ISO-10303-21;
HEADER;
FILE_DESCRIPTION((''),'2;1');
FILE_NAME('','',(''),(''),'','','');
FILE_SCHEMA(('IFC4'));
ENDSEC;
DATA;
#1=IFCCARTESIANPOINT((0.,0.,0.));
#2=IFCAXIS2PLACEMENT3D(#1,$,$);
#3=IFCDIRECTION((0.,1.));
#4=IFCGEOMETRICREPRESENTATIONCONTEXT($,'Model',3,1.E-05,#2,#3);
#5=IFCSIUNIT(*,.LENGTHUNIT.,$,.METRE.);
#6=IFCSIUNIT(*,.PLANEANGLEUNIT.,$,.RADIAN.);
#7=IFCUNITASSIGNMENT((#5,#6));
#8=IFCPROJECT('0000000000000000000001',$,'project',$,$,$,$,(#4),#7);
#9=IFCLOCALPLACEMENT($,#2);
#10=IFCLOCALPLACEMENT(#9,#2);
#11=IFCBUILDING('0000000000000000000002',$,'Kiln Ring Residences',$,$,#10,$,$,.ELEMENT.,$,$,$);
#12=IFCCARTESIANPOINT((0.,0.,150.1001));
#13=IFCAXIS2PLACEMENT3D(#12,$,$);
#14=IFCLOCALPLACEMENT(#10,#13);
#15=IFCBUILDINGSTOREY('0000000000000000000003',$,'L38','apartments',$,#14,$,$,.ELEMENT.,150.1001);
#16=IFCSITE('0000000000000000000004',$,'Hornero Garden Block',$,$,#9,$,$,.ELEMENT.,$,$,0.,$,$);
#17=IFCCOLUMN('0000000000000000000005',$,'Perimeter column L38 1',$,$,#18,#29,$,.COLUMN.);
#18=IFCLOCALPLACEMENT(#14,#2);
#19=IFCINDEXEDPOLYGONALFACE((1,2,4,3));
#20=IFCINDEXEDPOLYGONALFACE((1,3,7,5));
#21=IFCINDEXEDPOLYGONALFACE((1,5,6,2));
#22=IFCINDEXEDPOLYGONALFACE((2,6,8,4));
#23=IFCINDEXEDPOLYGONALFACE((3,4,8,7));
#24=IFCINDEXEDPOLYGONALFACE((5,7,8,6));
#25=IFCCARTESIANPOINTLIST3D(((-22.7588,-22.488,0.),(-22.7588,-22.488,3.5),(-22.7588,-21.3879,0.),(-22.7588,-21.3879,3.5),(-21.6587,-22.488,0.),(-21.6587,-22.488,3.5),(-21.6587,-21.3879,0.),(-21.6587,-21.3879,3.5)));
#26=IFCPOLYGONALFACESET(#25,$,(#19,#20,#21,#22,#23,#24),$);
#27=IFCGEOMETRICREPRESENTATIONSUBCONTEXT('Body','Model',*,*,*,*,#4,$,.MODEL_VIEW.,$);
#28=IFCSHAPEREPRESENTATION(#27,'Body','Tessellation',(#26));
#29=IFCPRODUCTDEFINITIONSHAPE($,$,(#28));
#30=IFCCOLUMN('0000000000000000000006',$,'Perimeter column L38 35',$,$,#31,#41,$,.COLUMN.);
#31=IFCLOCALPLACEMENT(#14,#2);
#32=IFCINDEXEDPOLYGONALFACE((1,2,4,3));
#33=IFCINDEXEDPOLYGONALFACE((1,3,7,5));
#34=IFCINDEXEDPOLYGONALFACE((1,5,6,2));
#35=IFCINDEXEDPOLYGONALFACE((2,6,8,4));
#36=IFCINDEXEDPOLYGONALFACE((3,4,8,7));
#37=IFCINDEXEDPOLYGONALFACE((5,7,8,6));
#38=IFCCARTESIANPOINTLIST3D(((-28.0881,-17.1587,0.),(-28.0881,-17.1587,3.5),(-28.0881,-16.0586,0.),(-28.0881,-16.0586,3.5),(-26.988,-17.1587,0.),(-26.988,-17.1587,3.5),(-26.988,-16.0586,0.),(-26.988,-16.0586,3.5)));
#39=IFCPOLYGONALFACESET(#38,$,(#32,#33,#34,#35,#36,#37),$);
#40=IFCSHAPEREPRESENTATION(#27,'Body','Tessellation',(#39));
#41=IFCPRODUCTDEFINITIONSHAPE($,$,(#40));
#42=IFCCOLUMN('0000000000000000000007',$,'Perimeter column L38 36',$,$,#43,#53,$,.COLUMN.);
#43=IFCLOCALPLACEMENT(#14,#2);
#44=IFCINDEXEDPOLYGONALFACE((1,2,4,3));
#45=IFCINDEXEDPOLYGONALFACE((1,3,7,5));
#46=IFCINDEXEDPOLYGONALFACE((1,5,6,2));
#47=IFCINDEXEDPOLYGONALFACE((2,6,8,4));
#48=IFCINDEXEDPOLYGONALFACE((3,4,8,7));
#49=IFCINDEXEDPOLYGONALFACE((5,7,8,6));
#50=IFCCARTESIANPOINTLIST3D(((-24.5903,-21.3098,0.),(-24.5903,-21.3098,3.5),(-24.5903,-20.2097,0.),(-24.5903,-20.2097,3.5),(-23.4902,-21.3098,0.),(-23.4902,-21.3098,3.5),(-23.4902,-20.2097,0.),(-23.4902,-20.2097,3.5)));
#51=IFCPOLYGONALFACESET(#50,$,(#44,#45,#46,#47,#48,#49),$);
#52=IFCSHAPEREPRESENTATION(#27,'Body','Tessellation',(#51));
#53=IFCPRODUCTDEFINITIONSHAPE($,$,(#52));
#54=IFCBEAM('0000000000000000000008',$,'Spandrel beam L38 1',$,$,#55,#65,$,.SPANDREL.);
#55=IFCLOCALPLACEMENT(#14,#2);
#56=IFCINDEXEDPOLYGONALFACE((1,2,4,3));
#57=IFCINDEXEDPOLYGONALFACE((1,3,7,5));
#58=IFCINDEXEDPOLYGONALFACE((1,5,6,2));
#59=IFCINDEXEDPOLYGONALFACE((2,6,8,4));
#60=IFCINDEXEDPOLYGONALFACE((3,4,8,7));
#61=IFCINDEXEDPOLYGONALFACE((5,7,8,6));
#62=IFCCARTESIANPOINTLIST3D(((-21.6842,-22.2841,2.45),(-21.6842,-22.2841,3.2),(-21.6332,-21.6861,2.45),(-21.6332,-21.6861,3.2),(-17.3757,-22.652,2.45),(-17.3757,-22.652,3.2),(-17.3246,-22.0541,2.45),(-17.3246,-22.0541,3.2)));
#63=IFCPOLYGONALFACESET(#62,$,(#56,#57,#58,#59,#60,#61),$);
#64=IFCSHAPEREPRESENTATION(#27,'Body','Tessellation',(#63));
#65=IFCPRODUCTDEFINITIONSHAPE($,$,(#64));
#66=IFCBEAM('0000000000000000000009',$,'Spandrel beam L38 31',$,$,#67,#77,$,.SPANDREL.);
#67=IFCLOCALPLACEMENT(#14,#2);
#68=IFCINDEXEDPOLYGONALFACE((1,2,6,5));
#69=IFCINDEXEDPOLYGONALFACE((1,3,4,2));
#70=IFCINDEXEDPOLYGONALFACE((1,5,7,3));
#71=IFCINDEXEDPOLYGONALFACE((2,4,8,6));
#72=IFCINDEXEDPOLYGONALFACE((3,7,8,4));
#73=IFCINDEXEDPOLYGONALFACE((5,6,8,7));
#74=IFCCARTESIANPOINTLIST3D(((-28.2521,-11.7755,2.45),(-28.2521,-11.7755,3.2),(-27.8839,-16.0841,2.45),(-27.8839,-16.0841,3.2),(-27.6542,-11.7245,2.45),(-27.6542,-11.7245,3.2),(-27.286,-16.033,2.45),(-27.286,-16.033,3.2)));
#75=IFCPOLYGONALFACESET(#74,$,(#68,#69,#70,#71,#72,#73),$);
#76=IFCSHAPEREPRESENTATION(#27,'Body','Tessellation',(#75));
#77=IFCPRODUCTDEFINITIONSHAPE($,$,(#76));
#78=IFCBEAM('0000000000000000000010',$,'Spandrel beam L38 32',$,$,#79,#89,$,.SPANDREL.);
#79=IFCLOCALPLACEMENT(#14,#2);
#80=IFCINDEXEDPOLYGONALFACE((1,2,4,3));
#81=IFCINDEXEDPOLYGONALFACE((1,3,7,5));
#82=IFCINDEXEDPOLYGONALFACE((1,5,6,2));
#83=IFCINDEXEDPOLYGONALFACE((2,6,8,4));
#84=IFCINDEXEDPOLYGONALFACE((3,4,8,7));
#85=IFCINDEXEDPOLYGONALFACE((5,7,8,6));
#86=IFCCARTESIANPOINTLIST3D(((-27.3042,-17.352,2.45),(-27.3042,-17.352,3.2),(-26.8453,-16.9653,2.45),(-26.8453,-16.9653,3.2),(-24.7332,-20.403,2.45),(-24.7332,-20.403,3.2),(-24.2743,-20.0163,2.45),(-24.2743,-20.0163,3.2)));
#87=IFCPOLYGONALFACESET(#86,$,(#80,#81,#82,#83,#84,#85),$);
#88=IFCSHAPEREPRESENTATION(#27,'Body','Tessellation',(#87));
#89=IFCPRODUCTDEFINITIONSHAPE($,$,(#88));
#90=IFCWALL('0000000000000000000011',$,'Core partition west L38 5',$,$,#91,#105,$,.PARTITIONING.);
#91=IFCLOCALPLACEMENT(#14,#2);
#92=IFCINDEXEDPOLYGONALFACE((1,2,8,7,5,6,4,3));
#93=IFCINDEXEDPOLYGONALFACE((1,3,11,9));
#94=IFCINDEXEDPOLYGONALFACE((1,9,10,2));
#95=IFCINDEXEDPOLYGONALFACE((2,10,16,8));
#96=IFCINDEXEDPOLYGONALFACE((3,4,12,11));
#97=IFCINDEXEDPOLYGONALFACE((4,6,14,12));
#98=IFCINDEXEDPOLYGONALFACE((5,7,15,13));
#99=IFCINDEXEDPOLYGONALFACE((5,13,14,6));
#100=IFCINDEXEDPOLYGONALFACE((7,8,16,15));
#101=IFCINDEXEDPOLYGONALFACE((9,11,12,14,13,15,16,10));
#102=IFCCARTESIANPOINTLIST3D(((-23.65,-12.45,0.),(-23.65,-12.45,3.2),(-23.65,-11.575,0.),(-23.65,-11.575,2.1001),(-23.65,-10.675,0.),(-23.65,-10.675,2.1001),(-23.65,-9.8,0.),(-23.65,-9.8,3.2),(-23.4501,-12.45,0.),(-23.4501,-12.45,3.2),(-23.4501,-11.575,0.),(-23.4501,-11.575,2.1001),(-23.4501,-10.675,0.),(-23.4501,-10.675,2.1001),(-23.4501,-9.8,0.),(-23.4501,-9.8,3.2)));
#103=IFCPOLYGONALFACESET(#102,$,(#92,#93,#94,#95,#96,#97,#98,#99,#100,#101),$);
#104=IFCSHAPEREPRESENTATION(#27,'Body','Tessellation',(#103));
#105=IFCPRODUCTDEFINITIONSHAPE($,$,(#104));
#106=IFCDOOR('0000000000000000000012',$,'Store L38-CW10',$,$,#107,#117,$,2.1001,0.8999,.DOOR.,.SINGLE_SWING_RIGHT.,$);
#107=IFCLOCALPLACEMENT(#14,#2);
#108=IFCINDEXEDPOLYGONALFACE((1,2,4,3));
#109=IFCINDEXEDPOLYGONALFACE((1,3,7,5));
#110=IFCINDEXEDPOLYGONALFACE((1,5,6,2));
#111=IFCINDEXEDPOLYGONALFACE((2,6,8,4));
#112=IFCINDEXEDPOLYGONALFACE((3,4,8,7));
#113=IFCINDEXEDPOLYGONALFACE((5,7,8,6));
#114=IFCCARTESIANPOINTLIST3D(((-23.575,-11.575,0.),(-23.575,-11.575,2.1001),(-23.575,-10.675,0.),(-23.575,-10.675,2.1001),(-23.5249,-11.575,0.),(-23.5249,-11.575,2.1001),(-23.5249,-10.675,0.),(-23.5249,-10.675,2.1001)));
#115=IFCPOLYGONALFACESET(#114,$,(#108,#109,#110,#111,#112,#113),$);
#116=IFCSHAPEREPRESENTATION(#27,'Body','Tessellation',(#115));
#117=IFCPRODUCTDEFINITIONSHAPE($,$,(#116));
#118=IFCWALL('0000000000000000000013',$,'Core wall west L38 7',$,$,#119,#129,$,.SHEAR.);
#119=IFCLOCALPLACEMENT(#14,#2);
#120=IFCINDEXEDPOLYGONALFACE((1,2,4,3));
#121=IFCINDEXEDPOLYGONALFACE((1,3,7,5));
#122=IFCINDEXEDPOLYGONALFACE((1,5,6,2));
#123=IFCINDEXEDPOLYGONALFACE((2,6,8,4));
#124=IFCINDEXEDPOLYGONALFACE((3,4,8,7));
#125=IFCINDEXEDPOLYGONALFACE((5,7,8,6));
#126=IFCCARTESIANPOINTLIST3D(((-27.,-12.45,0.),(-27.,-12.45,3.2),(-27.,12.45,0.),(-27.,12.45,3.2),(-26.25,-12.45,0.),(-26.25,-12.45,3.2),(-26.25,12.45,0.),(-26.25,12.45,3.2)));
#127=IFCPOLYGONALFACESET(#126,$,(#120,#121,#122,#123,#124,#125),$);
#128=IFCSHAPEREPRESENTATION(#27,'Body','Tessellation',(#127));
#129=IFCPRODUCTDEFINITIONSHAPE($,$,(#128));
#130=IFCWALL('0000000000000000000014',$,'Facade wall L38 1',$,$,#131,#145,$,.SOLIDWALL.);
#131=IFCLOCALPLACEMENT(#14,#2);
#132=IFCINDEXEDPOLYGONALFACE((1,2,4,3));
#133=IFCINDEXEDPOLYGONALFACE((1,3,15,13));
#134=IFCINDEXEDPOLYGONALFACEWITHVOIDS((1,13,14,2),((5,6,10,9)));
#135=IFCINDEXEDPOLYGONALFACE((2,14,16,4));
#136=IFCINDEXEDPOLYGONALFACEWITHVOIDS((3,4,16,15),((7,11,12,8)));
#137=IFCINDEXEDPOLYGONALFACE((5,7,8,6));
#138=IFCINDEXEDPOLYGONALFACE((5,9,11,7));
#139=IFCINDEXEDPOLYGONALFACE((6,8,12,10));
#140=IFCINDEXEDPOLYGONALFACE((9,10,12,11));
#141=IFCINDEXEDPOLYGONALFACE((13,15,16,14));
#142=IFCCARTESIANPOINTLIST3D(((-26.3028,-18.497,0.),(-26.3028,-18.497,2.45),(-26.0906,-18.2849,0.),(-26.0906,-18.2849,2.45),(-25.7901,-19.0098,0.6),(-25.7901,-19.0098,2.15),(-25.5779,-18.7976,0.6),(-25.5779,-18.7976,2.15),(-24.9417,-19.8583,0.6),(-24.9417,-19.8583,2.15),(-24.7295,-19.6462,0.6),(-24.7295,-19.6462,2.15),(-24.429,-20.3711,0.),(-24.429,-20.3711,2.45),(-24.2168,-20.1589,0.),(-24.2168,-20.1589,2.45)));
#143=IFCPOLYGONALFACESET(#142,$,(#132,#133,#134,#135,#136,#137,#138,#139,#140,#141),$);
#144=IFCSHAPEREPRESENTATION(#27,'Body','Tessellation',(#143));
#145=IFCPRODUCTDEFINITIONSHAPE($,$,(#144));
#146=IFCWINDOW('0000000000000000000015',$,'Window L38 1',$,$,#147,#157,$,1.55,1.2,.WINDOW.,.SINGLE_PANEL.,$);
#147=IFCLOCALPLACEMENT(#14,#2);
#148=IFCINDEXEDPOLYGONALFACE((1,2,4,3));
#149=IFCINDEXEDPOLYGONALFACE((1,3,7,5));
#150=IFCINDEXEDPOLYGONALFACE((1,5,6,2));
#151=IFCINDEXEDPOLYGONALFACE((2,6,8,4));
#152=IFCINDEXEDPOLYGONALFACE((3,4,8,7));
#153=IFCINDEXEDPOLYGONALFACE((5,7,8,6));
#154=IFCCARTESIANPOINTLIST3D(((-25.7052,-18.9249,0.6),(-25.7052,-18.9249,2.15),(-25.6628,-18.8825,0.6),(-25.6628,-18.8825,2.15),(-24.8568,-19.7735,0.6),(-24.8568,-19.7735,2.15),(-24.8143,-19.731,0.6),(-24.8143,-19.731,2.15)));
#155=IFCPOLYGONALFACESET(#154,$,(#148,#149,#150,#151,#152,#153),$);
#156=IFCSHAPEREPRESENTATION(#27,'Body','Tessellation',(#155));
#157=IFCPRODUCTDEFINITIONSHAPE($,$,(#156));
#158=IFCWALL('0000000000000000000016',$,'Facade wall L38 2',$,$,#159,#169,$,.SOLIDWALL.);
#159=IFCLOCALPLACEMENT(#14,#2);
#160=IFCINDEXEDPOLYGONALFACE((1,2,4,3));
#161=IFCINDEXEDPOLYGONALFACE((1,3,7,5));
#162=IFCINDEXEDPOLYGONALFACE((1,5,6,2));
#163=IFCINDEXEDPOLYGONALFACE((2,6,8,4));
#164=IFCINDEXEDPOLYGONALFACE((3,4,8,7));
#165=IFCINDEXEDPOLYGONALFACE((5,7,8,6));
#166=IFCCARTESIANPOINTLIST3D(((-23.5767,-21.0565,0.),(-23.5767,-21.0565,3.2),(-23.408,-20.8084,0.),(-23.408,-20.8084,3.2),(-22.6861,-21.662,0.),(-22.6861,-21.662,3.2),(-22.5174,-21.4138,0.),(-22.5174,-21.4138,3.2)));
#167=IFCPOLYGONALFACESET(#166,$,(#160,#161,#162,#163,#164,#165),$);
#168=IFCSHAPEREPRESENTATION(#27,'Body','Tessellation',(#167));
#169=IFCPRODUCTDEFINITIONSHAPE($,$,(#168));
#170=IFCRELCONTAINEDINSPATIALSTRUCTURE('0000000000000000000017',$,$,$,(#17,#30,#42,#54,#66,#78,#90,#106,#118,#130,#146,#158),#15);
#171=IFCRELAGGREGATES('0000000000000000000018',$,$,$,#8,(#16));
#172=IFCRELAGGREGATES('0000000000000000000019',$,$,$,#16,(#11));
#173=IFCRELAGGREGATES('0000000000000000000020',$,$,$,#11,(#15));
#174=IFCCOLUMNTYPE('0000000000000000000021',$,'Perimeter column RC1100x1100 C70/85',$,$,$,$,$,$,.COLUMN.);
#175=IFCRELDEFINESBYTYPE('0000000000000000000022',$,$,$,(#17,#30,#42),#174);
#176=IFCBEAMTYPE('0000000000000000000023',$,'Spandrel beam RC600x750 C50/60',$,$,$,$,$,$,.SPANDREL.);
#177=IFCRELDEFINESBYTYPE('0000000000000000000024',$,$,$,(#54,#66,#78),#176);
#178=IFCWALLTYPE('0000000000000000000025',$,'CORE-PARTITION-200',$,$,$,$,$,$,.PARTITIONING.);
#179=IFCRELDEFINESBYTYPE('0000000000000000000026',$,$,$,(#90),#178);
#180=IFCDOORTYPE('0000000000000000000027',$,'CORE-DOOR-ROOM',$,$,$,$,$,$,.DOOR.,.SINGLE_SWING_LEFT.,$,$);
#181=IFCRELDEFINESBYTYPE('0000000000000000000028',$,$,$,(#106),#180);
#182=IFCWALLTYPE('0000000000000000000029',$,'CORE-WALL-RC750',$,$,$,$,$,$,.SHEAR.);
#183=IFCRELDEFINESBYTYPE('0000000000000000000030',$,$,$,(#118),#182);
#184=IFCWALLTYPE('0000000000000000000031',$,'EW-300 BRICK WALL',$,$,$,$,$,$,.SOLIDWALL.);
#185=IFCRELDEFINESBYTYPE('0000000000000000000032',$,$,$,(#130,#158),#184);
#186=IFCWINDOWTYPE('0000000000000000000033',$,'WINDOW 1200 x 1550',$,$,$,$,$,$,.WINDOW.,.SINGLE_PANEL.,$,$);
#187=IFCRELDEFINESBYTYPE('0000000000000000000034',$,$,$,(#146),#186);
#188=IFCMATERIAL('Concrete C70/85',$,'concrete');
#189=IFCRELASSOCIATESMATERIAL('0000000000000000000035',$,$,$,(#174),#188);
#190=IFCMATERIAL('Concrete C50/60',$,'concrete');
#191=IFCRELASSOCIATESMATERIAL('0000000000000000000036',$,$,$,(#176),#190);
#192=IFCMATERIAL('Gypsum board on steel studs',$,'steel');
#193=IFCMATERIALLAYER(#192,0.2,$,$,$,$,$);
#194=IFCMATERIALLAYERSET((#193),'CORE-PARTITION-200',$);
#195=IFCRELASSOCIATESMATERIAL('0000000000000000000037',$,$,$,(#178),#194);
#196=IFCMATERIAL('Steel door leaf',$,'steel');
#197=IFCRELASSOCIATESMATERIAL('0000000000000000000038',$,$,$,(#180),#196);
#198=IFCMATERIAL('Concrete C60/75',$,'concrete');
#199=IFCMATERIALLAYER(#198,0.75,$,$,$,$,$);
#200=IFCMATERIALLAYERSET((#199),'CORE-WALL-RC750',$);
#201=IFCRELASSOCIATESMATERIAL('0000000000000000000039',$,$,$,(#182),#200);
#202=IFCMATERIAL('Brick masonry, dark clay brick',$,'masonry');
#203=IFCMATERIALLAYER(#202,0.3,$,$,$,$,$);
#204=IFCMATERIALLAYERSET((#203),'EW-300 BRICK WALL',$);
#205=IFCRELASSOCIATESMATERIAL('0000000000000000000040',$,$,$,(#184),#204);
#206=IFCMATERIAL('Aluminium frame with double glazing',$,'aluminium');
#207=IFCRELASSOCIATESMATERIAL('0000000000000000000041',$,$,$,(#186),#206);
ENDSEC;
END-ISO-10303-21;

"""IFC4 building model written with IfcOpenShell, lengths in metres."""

from ifc_helpers import new_model, si_unit, direction, frame, frame_2d, origin, origin_2d, place, context, subcontext, project, spatial, rectangle, extrude, material, layer, layer_set, material_profile, profile_set, type_object, element, fill, save


model = new_model("IFC4")

# Units and contexts
model_context = context("Model", 3, precision=1e-05, world=origin(), true_north=direction((0.0, 1.0)))
body_context = subcontext(model_context, "Body", "Model", "MODEL_VIEW")
ifc_project = project(units=[si_unit("LENGTHUNIT", "METRE"), si_unit("PLANEANGLEUNIT", "RADIAN")], contexts=[model_context])

# Site, building, storey
site_placement = place(None, origin())
site = spatial("IfcSite", under=ifc_project, at=site_placement, Name="Hornero Garden Block", CompositionType="ELEMENT", RefElevation=0.0)
building_placement = place(site_placement, origin())
building = spatial("IfcBuilding", under=site, at=building_placement, Name="Kiln Ring Residences", CompositionType="ELEMENT")
storey_placement = place(building_placement, frame((0.0, 0.0, 150.1001)))
storey = spatial("IfcBuildingStorey", under=building, at=storey_placement, Name="L38", Description="apartments", CompositionType="ELEMENT", Elevation=150.1001)

# Columns
ifc_material_1 = material(Name="Concrete C70/85", Category="concrete")
ifc_material_profile_1 = material_profile(ifc_material_1, rectangle(XDim=1.1001, YDim=1.1001, at=origin_2d()), Name="RC1100x1100")
ifc_profile_set_1 = profile_set([ifc_material_profile_1], Name="Concrete C70/85")
column_type = type_object("IfcColumnType", Name="Perimeter column RC1100x1100 C70/85", PredefinedType="COLUMN", material=ifc_profile_set_1)
for number, where, z_axis, x_axis, name in (
    (1, (-22.2087, -21.938, 0.0), (0.0, 0.0, 1.0), (1.0, 0.0, 0.0), "Perimeter column L38 1"),
    (2, (-27.5381, -16.6086, 0.0), (0.0, 0.0, 1.0), (1.0, 0.0, 0.0), "Perimeter column L38 35"),
    (3, (-24.0403, -20.7598, 0.0), (0.0, 0.0, 1.0), (1.0, 0.0, 0.0), "Perimeter column L38 36"),
):
    element("IfcColumn", number, at=place(storey_placement, frame(where, z_axis=z_axis, x_axis=x_axis)), inside=storey, type_object=column_type, Name=name, PredefinedType="COLUMN", context=body_context, shape_type="SweptSolid", body=[
        extrude(rectangle(XDim=1.1001, YDim=1.1001, at=origin_2d()), origin(), (0.0, 0.0, 1.0), 3.5),
    ])

# Beams
ifc_material_2 = material(Name="Concrete C50/60", Category="concrete")
ifc_material_profile_2 = material_profile(ifc_material_2, rectangle(XDim=0.6001, YDim=0.75, at=origin_2d()), Name="RC600x750")
ifc_profile_set_2 = profile_set([ifc_material_profile_2], Name="Concrete C50/60")
beam_type = type_object("IfcBeamType", Name="Spandrel beam RC600x750 C50/60", PredefinedType="SPANDREL", material=ifc_profile_set_2)
for number, where, z_axis, x_axis, name in (
    (4, (-21.6587, -21.9851, 2.825), (0.996374, -0.085082, 0.0), (0.085082, 0.996374, 0.0), "Spandrel beam L38 1"),
    (5, (-27.9531, -11.75, 2.825), (0.085139, -0.996369, 0.0), (0.996369, 0.085139, 0.0), "Spandrel beam L38 31"),
):
    element("IfcBeam", number, at=place(storey_placement, frame(where, z_axis=z_axis, x_axis=x_axis)), inside=storey, type_object=beam_type, Name=name, PredefinedType="SPANDREL", context=body_context, shape_type="SweptSolid", body=[
        extrude(rectangle(XDim=0.6001, YDim=0.75, at=origin_2d()), origin(), (0.0, 0.0, 1.0), 4.3242),
    ])
beam_placement = place(storey_placement, frame((-27.0747, -17.1587, 2.825), z_axis=(0.644394, -0.764694, 0.0), x_axis=(0.764694, 0.644394, 0.0)))
element("IfcBeam", 6, at=beam_placement, inside=storey, type_object=beam_type, Name="Spandrel beam L38 32", PredefinedType="SPANDREL", context=body_context, shape_type="SweptSolid", body=[
    extrude(rectangle(XDim=0.6001, YDim=0.75, at=origin_2d()), origin(), (0.0, 0.0, 1.0), 3.9897),
])

# Wall, opening, door
ifc_material_3 = material(Name="Gypsum board on steel studs", Category="steel")
ifc_layer_1 = layer(ifc_material_3, 0.2)
ifc_layer_set_1 = layer_set([ifc_layer_1], Name="CORE-PARTITION-200")
wall_type_1 = type_object("IfcWallType", Name="CORE-PARTITION-200", PredefinedType="PARTITIONING", material=ifc_layer_set_1)
wall_1_placement = place(storey_placement, frame((-23.55, -12.45, 0.0), z_axis=(0.0, 0.0, 1.0), x_axis=(0.0, 1.0, 0.0)))
wall_1 = element("IfcWall", 7, at=wall_1_placement, inside=storey, type_object=wall_type_1, Name="Core partition west L38 5", PredefinedType="PARTITIONING", context=body_context, shape_type="SweptSolid", body=[
    extrude(rectangle(XDim=2.6499, YDim=0.2, at=frame_2d((1.325, 0.0))), origin(), (0.0, 0.0, 1.0), 3.2),
])
opening_1_placement = place(wall_1_placement, frame((0.875, 0.0, 0.0)))
opening_1 = element("IfcOpeningElement", 8, at=opening_1_placement, cuts=wall_1, PredefinedType="OPENING", context=body_context, shape_type="SweptSolid", body=[
    extrude(rectangle(XDim=0.8999, YDim=2.1001, at=frame_2d((0.45, 1.05))), frame((0.0, 0.1099, 0.0), z_axis=(0.0, -1.0, 0.0), x_axis=(1.0, 0.0, 0.0)), (0.0, 0.0, 1.0), 0.22),
])
ifc_material_4 = material(Name="Steel door leaf", Category="steel")
door_type_1 = type_object("IfcDoorType", Name="CORE-DOOR-ROOM", OperationType="SINGLE_SWING_LEFT", PredefinedType="DOOR", material=ifc_material_4)
door_1_placement = place(opening_1_placement, origin())
door_1 = element("IfcDoor", 9, at=door_1_placement, inside=storey, type_object=door_type_1, Name="Store L38-CW10", OperationType="SINGLE_SWING_RIGHT", OverallHeight=2.1001, OverallWidth=0.8999, PredefinedType="DOOR", context=body_context, shape_type="SweptSolid", body=[
    extrude(rectangle(XDim=0.8999, YDim=2.1001, at=frame_2d((0.45, 1.05))), frame((0.0, 0.0249, 0.0), z_axis=(0.0, -1.0, 0.0), x_axis=(1.0, 0.0, 0.0)), (0.0, 0.0, 1.0), 0.05),
])
fill(opening_1, door_1)

# Wall
ifc_material_5 = material(Name="Concrete C60/75", Category="concrete")
ifc_layer_2 = layer(ifc_material_5, 0.75)
ifc_layer_set_2 = layer_set([ifc_layer_2], Name="CORE-WALL-RC750")
wall_type_2 = type_object("IfcWallType", Name="CORE-WALL-RC750", PredefinedType="SHEAR", material=ifc_layer_set_2)
wall_2_placement = place(storey_placement, frame((-26.625, -12.45, 0.0), z_axis=(0.0, 0.0, 1.0), x_axis=(0.0, 1.0, 0.0)))
element("IfcWall", 10, at=wall_2_placement, inside=storey, type_object=wall_type_2, Name="Core wall west L38 7", PredefinedType="SHEAR", context=body_context, shape_type="SweptSolid", body=[
    extrude(rectangle(XDim=24.8999, YDim=0.75, at=frame_2d((12.45, 0.0))), origin(), (0.0, 0.0, 1.0), 3.2),
])

# Wall, opening, window
ifc_material_6 = material(Name="Brick masonry, dark clay brick", Category="masonry")
ifc_layer_3 = layer(ifc_material_6, 0.3)
ifc_layer_set_3 = layer_set([ifc_layer_3], Name="EW-300 BRICK WALL")
wall_type_3 = type_object("IfcWallType", Name="EW-300 BRICK WALL", PredefinedType="SOLIDWALL", material=ifc_layer_set_3)
wall_3_placement = place(storey_placement, frame((-26.1968, -18.3909, 0.0), z_axis=(0.0, 0.0, 1.0), x_axis=(0.707061, -0.707153, 0.0)))
wall_3 = element("IfcWall", 11, at=wall_3_placement, inside=storey, type_object=wall_type_3, Name="Facade wall L38 1", PredefinedType="SOLIDWALL", context=body_context, shape_type="SweptSolid", body=[
    extrude(rectangle(XDim=2.6501, YDim=0.3, at=frame_2d((1.3252, 0.0))), origin(), (0.0, 0.0, 1.0), 2.45),
])
opening_2_placement = place(wall_3_placement, frame((0.7251, 0.0, 0.6001)))
opening_2 = element("IfcOpeningElement", 12, at=opening_2_placement, cuts=wall_3, PredefinedType="OPENING", context=body_context, shape_type="SweptSolid", body=[
    extrude(rectangle(XDim=1.2, YDim=1.55, at=frame_2d((0.6001, 0.7749))), frame((0.0, 0.1599, 0.0), z_axis=(0.0, -1.0, 0.0), x_axis=(1.0, 0.0, 0.0)), (0.0, 0.0, 1.0), 0.3201),
])
ifc_material_7 = material(Name="Aluminium frame with double glazing", Category="aluminium")
window_type_1 = type_object("IfcWindowType", Name="WINDOW 1200 x 1550", PartitioningType="SINGLE_PANEL", PredefinedType="WINDOW", material=ifc_material_7)
window_1_placement = place(opening_2_placement, origin())
window_1 = element("IfcWindow", 13, at=window_1_placement, inside=storey, type_object=window_type_1, Name="Window L38 1", OverallHeight=1.55, OverallWidth=1.2, PartitioningType="SINGLE_PANEL", PredefinedType="WINDOW", context=body_context, shape_type="SweptSolid", body=[
    extrude(rectangle(XDim=1.2, YDim=1.55, at=frame_2d((0.6001, 0.7749))), frame((0.0, 0.03, 0.0), z_axis=(0.0, -1.0, 0.0), x_axis=(1.0, 0.0, 0.0)), (0.0, 0.0, 1.0), 0.0601),
])
fill(opening_2, window_1)

# Wall
wall_4_placement = place(storey_placement, frame((-23.4924, -20.9324, 0.0), z_axis=(0.0, 0.0, 1.0), x_axis=(0.826994, -0.562211, 0.0)))
element("IfcWall", 14, at=wall_4_placement, inside=storey, type_object=wall_type_3, Name="Facade wall L38 2", PredefinedType="SOLIDWALL", context=body_context, shape_type="SweptSolid", body=[
    extrude(rectangle(XDim=1.0769, YDim=0.3, at=frame_2d((0.5386, 0.0))), origin(), (0.0, 0.0, 1.0), 3.2),
])

save(model, "model.ifc")
